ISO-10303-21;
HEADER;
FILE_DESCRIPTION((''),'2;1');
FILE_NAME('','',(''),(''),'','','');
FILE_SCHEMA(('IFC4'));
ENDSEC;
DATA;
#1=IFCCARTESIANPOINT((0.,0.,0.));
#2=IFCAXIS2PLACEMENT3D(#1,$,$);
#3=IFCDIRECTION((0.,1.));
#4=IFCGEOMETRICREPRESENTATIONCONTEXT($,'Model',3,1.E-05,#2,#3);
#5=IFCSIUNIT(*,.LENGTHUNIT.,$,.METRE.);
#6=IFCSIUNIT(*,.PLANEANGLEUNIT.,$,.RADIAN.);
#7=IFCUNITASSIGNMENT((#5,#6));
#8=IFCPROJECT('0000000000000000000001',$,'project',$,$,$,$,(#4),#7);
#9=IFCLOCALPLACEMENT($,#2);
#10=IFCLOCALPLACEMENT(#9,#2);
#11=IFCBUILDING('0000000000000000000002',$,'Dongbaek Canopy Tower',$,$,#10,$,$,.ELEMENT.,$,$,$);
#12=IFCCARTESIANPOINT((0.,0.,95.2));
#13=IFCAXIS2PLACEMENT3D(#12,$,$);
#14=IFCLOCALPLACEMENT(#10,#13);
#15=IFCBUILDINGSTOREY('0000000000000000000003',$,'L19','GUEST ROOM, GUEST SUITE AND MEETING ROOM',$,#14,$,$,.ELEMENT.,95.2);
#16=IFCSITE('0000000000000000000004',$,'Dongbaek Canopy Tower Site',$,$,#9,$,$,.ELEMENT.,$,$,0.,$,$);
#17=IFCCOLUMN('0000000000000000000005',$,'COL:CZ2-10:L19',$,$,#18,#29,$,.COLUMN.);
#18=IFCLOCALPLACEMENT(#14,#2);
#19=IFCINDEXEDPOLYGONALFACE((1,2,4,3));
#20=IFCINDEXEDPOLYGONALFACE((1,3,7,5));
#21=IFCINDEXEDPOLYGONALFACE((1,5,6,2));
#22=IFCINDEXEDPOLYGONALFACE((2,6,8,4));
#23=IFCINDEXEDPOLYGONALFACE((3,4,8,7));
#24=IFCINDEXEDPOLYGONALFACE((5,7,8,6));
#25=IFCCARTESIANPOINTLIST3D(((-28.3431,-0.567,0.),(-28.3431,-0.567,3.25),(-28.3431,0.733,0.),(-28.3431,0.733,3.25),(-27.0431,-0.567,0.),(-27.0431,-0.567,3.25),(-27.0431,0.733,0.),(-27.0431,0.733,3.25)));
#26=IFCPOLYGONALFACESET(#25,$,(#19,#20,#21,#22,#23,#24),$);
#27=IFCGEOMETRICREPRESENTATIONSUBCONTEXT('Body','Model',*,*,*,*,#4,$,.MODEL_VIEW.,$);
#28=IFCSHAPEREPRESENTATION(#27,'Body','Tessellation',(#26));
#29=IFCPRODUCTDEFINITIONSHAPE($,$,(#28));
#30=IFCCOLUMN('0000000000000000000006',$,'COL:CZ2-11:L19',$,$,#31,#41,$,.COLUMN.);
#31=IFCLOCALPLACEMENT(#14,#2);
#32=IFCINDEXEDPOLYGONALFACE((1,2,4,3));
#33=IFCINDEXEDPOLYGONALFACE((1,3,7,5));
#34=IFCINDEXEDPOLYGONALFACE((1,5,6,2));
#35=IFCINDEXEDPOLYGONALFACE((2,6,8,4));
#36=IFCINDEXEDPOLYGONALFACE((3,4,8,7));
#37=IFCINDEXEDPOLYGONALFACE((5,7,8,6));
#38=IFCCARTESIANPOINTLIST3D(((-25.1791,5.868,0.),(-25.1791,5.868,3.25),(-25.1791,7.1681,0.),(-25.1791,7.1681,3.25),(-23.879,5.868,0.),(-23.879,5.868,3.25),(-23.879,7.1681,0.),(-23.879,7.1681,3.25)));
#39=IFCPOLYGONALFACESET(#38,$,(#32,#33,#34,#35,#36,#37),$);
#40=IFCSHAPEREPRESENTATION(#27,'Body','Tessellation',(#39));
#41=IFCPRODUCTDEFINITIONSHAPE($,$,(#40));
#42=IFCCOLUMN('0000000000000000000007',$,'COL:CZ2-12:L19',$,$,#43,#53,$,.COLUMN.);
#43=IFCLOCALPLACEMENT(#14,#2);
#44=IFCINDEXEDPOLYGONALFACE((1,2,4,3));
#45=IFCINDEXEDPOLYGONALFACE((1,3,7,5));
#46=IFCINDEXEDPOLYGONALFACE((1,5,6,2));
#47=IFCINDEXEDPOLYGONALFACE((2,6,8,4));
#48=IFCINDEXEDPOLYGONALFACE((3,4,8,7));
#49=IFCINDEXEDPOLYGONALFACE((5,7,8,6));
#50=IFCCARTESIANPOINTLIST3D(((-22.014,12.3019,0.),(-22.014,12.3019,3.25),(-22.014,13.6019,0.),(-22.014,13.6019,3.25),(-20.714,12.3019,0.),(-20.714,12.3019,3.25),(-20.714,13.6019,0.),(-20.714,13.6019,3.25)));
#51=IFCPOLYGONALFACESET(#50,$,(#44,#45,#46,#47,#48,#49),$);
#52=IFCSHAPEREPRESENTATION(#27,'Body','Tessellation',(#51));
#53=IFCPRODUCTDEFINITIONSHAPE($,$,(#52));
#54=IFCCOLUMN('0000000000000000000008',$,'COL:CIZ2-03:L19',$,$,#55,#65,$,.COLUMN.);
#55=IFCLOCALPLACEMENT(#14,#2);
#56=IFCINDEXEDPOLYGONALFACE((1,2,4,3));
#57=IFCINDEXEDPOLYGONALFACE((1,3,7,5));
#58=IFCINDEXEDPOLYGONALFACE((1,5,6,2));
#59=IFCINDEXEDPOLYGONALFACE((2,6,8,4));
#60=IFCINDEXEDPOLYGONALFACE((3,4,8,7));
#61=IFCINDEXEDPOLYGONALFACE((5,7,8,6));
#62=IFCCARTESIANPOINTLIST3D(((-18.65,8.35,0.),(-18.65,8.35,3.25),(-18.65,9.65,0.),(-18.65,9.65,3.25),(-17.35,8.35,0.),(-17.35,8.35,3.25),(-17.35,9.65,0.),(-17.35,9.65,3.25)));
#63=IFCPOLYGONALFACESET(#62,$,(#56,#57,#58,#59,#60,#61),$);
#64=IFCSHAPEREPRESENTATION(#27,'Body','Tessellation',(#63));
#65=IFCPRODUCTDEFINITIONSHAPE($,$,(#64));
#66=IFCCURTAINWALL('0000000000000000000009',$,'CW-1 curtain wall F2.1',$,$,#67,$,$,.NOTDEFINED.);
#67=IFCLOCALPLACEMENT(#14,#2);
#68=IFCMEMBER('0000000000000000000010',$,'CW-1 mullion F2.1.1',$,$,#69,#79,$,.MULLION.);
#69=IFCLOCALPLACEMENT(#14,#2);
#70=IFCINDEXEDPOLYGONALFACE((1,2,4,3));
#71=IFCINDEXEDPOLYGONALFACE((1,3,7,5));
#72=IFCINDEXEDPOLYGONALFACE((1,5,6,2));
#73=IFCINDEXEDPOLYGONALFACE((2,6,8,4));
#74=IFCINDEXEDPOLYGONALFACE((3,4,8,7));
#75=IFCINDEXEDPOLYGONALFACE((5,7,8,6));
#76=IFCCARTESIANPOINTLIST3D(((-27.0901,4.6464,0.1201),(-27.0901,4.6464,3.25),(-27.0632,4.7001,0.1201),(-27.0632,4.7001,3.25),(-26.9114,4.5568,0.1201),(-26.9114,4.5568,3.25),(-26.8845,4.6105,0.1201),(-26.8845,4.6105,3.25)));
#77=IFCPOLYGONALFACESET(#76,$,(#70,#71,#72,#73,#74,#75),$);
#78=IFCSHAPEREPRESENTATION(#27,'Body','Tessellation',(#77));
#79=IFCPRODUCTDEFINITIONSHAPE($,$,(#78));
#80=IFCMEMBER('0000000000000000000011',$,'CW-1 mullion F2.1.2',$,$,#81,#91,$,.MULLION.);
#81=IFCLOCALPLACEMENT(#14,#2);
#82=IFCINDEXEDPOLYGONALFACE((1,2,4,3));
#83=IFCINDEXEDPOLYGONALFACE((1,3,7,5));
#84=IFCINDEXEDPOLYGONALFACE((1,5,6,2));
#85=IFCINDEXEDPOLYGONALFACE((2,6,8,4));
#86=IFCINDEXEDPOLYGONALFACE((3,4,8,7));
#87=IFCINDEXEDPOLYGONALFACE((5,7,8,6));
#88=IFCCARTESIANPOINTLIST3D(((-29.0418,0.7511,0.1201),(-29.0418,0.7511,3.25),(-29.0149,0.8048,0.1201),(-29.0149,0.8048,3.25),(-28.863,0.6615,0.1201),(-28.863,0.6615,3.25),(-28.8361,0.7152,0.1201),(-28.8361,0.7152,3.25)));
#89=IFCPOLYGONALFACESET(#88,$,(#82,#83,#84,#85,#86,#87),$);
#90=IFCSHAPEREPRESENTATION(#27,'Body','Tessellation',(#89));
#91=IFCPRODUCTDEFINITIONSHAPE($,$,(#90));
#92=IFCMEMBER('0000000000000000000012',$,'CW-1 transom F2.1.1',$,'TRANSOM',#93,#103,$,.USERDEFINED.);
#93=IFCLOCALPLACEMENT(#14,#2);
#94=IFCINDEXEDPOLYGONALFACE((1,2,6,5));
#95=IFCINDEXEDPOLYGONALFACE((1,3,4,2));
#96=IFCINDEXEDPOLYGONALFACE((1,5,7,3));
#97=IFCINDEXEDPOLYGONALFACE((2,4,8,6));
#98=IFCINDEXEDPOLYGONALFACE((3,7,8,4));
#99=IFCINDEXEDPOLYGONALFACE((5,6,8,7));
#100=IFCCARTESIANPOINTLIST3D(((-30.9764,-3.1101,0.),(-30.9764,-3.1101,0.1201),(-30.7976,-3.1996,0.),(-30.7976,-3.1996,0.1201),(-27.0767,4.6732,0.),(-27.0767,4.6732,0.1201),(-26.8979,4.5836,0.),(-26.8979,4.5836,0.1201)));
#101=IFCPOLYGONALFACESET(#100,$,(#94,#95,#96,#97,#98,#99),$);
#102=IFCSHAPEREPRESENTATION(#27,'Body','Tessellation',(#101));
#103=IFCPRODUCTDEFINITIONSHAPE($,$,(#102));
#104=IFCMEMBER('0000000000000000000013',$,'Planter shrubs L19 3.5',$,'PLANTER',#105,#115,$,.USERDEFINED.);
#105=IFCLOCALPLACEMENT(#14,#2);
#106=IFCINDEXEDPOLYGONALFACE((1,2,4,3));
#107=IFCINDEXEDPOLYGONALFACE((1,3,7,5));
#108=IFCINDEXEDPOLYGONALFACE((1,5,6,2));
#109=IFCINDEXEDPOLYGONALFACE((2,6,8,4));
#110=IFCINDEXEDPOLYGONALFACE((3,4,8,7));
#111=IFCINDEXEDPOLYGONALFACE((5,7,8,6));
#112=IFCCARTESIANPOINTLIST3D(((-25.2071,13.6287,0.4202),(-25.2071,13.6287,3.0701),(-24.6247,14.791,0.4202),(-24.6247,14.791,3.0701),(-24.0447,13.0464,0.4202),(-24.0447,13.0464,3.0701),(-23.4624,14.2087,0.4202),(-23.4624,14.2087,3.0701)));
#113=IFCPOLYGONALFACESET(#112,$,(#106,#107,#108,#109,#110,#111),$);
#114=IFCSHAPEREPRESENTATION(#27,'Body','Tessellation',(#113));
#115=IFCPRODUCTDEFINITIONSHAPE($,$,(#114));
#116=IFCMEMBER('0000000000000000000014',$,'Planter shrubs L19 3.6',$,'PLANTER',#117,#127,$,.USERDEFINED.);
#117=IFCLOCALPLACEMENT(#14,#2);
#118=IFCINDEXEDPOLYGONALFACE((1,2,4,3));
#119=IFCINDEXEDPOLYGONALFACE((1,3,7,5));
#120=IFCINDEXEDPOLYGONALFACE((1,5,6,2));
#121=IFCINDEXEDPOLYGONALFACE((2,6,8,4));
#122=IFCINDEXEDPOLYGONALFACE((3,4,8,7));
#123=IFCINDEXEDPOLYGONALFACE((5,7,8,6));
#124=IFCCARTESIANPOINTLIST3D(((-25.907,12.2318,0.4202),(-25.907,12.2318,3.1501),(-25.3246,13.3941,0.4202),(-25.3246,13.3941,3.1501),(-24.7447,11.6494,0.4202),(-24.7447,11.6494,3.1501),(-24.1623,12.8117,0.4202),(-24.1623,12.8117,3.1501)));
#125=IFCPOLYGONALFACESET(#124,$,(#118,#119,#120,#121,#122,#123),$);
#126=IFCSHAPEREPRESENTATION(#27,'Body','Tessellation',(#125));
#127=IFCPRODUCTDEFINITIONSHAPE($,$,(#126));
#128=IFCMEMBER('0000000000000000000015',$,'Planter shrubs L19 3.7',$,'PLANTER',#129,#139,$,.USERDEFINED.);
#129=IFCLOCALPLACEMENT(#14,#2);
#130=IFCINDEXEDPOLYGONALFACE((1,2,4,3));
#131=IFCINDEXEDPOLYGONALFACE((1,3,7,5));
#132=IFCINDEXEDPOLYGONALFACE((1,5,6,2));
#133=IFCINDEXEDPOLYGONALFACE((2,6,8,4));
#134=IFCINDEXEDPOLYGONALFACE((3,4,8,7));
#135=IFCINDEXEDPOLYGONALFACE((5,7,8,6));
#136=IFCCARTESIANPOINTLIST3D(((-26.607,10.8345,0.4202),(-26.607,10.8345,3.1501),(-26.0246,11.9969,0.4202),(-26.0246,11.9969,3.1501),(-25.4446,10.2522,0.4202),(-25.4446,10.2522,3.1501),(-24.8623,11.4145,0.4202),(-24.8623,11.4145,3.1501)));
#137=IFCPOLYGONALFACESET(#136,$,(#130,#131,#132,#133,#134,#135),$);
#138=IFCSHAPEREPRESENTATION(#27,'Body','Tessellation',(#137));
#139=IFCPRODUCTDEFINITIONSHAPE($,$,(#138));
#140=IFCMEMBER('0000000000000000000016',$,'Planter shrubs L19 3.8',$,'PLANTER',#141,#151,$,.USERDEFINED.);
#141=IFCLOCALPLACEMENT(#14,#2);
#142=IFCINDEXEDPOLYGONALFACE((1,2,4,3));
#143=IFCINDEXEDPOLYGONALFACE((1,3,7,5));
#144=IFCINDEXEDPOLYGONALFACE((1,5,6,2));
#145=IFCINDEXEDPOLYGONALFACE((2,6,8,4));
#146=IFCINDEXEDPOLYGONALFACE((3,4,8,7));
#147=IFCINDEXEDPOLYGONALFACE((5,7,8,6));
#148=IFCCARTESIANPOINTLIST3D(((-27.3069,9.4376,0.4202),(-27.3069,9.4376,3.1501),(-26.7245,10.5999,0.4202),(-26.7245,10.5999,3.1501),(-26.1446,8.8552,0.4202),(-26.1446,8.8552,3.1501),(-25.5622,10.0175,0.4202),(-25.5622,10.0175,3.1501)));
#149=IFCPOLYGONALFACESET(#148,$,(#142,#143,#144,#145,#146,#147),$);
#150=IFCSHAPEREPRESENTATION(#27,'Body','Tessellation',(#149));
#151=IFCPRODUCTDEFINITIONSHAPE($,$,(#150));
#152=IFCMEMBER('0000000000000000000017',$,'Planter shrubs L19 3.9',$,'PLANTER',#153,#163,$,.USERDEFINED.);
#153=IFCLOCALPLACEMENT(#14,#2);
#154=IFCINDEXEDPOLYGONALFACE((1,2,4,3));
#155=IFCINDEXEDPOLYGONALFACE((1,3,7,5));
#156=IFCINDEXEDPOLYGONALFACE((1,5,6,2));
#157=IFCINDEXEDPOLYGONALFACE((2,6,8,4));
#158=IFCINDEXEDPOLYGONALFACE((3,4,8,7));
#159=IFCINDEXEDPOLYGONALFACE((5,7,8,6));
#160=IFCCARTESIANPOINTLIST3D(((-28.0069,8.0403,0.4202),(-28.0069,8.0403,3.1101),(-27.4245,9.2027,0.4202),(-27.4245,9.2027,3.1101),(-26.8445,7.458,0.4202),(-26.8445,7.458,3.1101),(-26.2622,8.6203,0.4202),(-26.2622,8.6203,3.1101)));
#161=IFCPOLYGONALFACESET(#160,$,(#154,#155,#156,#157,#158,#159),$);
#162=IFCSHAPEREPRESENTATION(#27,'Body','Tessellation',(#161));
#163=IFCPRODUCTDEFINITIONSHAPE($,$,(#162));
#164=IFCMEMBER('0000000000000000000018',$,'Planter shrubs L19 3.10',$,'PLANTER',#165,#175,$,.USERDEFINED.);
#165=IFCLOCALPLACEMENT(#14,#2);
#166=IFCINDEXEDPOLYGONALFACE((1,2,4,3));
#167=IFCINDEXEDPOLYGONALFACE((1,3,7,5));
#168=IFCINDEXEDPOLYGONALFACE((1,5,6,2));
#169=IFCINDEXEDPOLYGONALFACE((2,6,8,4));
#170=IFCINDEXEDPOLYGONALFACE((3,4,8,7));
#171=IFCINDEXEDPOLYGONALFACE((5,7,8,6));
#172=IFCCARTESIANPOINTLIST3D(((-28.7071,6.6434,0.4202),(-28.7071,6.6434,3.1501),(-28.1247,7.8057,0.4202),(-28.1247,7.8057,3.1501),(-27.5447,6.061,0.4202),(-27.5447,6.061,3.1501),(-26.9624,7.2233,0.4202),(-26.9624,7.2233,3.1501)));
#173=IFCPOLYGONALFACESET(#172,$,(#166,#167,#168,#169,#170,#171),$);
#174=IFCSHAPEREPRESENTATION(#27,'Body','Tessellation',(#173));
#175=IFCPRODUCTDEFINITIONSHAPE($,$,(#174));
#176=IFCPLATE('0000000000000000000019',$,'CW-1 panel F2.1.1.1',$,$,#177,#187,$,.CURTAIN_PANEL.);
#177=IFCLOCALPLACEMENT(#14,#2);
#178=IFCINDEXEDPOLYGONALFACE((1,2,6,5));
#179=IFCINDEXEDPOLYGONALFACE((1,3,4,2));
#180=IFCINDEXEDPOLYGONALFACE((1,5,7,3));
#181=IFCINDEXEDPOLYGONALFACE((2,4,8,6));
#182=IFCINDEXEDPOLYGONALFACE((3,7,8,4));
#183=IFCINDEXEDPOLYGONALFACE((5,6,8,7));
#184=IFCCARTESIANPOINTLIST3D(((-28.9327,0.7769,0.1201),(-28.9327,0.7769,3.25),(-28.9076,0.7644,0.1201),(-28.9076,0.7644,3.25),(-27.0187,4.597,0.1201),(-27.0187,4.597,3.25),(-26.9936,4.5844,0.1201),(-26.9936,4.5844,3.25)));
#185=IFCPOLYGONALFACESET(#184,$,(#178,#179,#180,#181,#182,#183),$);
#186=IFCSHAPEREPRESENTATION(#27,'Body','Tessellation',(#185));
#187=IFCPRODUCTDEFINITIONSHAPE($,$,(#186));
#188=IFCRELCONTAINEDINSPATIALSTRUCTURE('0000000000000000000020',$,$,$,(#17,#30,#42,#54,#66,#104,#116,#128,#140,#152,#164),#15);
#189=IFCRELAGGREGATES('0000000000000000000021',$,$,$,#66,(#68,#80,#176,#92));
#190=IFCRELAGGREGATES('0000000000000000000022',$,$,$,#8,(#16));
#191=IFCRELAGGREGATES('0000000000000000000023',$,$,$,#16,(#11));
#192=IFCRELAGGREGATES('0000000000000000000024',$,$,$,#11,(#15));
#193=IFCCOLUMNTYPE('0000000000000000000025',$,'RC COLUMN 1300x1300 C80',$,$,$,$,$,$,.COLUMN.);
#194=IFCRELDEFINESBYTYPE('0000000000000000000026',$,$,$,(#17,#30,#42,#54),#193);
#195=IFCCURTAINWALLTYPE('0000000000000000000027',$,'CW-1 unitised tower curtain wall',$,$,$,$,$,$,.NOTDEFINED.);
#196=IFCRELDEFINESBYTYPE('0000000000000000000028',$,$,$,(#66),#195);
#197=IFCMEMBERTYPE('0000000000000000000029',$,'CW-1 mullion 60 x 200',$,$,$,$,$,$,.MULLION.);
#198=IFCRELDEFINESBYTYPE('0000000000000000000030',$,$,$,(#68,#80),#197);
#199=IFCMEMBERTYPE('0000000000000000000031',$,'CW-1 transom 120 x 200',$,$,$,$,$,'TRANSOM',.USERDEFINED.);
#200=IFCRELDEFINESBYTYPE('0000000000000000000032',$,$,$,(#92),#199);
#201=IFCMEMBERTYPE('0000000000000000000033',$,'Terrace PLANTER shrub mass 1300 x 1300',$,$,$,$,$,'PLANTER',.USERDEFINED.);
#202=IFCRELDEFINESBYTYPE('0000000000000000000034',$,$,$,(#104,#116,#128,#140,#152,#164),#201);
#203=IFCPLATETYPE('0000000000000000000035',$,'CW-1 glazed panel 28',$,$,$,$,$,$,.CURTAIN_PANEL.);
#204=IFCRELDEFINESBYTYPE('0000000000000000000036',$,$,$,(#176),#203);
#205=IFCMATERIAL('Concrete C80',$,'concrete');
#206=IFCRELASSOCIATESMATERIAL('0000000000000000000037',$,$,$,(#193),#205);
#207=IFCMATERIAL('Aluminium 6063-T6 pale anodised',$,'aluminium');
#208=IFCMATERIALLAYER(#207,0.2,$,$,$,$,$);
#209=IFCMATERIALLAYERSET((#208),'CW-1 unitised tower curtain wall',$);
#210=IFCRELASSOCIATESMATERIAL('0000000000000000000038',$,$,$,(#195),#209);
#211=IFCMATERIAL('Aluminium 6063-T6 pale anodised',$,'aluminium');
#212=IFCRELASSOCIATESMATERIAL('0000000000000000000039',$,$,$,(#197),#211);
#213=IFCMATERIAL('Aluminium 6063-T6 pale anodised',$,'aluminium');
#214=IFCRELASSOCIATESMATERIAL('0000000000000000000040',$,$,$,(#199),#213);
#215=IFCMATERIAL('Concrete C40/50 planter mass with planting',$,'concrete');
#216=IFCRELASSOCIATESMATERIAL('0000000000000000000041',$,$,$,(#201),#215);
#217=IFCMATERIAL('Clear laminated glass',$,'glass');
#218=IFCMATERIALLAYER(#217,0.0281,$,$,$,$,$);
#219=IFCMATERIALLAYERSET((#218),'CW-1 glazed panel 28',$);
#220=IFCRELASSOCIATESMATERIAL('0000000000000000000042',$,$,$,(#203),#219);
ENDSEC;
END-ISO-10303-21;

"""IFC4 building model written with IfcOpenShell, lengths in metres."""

from ifc_helpers import new_model, si_unit, direction, frame, origin, origin_2d, place, context, subcontext, project, spatial, rectangle, extrude, material, layer, layer_set, material_profile, profile_set, type_object, element, aggregate, save


model = new_model("IFC4")

# Units and contexts
model_context = context("Model", 3, precision=1e-05, world=origin(), true_north=direction((0.0, 1.0)))
body_context = subcontext(model_context, "Body", "Model", "MODEL_VIEW")
ifc_project = project(units=[si_unit("LENGTHUNIT", "METRE"), si_unit("PLANEANGLEUNIT", "RADIAN")], contexts=[model_context])

# Site, building, storey
site_placement = place(None, origin())
site = spatial("IfcSite", under=ifc_project, at=site_placement, Name="Dongbaek Canopy Tower Site", CompositionType="ELEMENT", RefElevation=0.0)
building_placement = place(site_placement, origin())
building = spatial("IfcBuilding", under=site, at=building_placement, Name="Dongbaek Canopy Tower", CompositionType="ELEMENT")
storey_placement = place(building_placement, frame((0.0, 0.0, 95.2)))
storey = spatial("IfcBuildingStorey", under=building, at=storey_placement, Name="L19", Description="GUEST ROOM, GUEST SUITE AND MEETING ROOM", CompositionType="ELEMENT", Elevation=95.2)

# Columns
ifc_material_1 = material(Name="Concrete C80", Category="concrete")
ifc_material_profile_1 = material_profile(ifc_material_1, rectangle(XDim=1.3, YDim=1.3, at=origin_2d()), Name="RC COLUMN 1300x1300 C80")
ifc_profile_set_1 = profile_set([ifc_material_profile_1], Name="Concrete C80")
column_type = type_object("IfcColumnType", Name="RC COLUMN 1300x1300 C80", PredefinedType="COLUMN", material=ifc_profile_set_1)
for number, where, z_axis, x_axis, name in (
    (1, (-27.6931, 0.083, 0.0), (0.0, 0.0, 1.0), (1.0, 0.0, 0.0), "COL:CZ2-10:L19"),
    (2, (-24.5291, 6.5181, 0.0), (0.0, 0.0, 1.0), (1.0, 0.0, 0.0), "COL:CZ2-11:L19"),
    (3, (-21.364, 12.9519, 0.0), (0.0, 0.0, 1.0), (1.0, 0.0, 0.0), "COL:CZ2-12:L19"),
    (4, (-18.0, 9.0, 0.0), (0.0, 0.0, 1.0), (1.0, 0.0, 0.0), "COL:CIZ2-03:L19"),
):
    element("IfcColumn", number, at=place(storey_placement, frame(where, z_axis=z_axis, x_axis=x_axis)), inside=storey, type_object=column_type, Name=name, PredefinedType="COLUMN", context=body_context, shape_type="SweptSolid", body=[
        extrude(rectangle(XDim=1.3, YDim=1.3, at=origin_2d()), origin(), (0.0, 0.0, 1.0), 3.25),
    ])

# Curtain wall, members
ifc_material_2 = material(Name="Aluminium 6063-T6 pale anodised", Category="aluminium")
ifc_layer_1 = layer(ifc_material_2, 0.2)
ifc_layer_set_1 = layer_set([ifc_layer_1], Name="CW-1 unitised tower curtain wall")
curtain_wall_type = type_object("IfcCurtainWallType", Name="CW-1 unitised tower curtain wall", PredefinedType="NOTDEFINED", material=ifc_layer_set_1)
curtain_wall_placement = place(storey_placement, origin())
curtain_wall = element("IfcCurtainWall", 5, at=curtain_wall_placement, inside=storey, type_object=curtain_wall_type, Name="CW-1 curtain wall F2.1", PredefinedType="NOTDEFINED")
ifc_material_3 = material(Name="Aluminium 6063-T6 pale anodised", Category="aluminium")
ifc_material_profile_2 = material_profile(ifc_material_3, rectangle(XDim=0.2, YDim=0.0601, at=origin_2d()), Name="CW-1 mullion 60 x 200")
ifc_profile_set_2 = profile_set([ifc_material_profile_2], Name="Aluminium 6063-T6 pale anodised")
member_type_1 = type_object("IfcMemberType", Name="CW-1 mullion 60 x 200", PredefinedType="MULLION", material=ifc_profile_set_2)
member_1_placement = place(storey_placement, frame((-26.9873, 4.6284, 0.1201), z_axis=(0.0, 0.0, 1.0), x_axis=(-0.894056, 0.447956, 0.0)))
member_1 = element("IfcMember", 6, at=member_1_placement, type_object=member_type_1, Name="CW-1 mullion F2.1.1", PredefinedType="MULLION", context=body_context, shape_type="SweptSolid", body=[
    extrude(rectangle(XDim=0.2, YDim=0.0601, at=origin_2d()), origin(), (0.0, 0.0, 1.0), 3.1299),
])
member_2_placement = place(storey_placement, frame((-28.939, 0.7332, 0.1201), z_axis=(0.0, 0.0, 1.0), x_axis=(-0.894056, 0.447956, 0.0)))
member_2 = element("IfcMember", 7, at=member_2_placement, type_object=member_type_1, Name="CW-1 mullion F2.1.2", PredefinedType="MULLION", context=body_context, shape_type="SweptSolid", body=[
    extrude(rectangle(XDim=0.2, YDim=0.0601, at=origin_2d()), origin(), (0.0, 0.0, 1.0), 3.1299),
])
ifc_material_4 = material(Name="Aluminium 6063-T6 pale anodised", Category="aluminium")
ifc_material_profile_3 = material_profile(ifc_material_4, rectangle(XDim=0.2, YDim=0.1201, at=origin_2d()), Name="CW-1 transom 120 x 200")
ifc_profile_set_3 = profile_set([ifc_material_profile_3], Name="Aluminium 6063-T6 pale anodised")
member_type_2 = type_object("IfcMemberType", Name="CW-1 transom 120 x 200", ElementType="TRANSOM", PredefinedType="USERDEFINED", material=ifc_profile_set_3)
member_3_placement = place(storey_placement, frame((-26.9873, 4.6284, 0.0601), z_axis=(-0.447954, -0.894057, 0.0), x_axis=(0.894057, -0.447954, 0.0)))
member_3 = element("IfcMember", 8, at=member_3_placement, type_object=member_type_2, Name="CW-1 transom F2.1.1", ObjectType="TRANSOM", PredefinedType="USERDEFINED", context=body_context, shape_type="SweptSolid", body=[
    extrude(rectangle(XDim=0.2, YDim=0.1201, at=origin_2d()), origin(), (0.0, 0.0, 1.0), 8.7056),
])

# Members
ifc_material_5 = material(Name="Concrete C40/50 planter mass with planting", Category="concrete")
ifc_material_profile_4 = material_profile(ifc_material_5, rectangle(XDim=1.3, YDim=1.3, at=origin_2d()), Name="Terrace PLANTER shrub mass 1300 x 1300")
ifc_profile_set_4 = profile_set([ifc_material_profile_4], Name="Concrete C40/50 planter mass with planting")
member_type_3 = type_object("IfcMemberType", Name="Terrace PLANTER shrub mass 1300 x 1300", ElementType="PLANTER", PredefinedType="USERDEFINED", material=ifc_profile_set_4)
member_4_placement = place(storey_placement, frame((-24.3347, 13.9187, 0.4202), z_axis=(0.0, 0.0, 1.0), x_axis=(-0.894056, 0.447956, 0.0)))
element("IfcMember", 9, at=member_4_placement, inside=storey, type_object=member_type_3, Name="Planter shrubs L19 3.5", ObjectType="PLANTER", PredefinedType="USERDEFINED", context=body_context, shape_type="SweptSolid", body=[
    extrude(rectangle(XDim=1.3, YDim=1.3, at=origin_2d()), origin(), (0.0, 0.0, 1.0), 2.6499),
])
for number, where, z_axis, x_axis, name in (
    (10, (-25.0347, 12.5217, 0.4202), (0.0, 0.0, 1.0), (-0.894056, 0.447956, 0.0), "Planter shrubs L19 3.6"),
    (11, (-25.7346, 11.1245, 0.4202), (0.0, 0.0, 1.0), (-0.894056, 0.447956, 0.0), "Planter shrubs L19 3.7"),
    (12, (-26.4346, 9.7275, 0.4202), (0.0, 0.0, 1.0), (-0.894056, 0.447956, 0.0), "Planter shrubs L19 3.8"),
):
    element("IfcMember", number, at=place(storey_placement, frame(where, z_axis=z_axis, x_axis=x_axis)), inside=storey, type_object=member_type_3, Name=name, ObjectType="PLANTER", PredefinedType="USERDEFINED", context=body_context, shape_type="SweptSolid", body=[
        extrude(rectangle(XDim=1.3, YDim=1.3, at=origin_2d()), origin(), (0.0, 0.0, 1.0), 2.73),
    ])
member_5_placement = place(storey_placement, frame((-27.1345, 8.3303, 0.4202), z_axis=(0.0, 0.0, 1.0), x_axis=(-0.894056, 0.447956, 0.0)))
element("IfcMember", 13, at=member_5_placement, inside=storey, type_object=member_type_3, Name="Planter shrubs L19 3.9", ObjectType="PLANTER", PredefinedType="USERDEFINED", context=body_context, shape_type="SweptSolid", body=[
    extrude(rectangle(XDim=1.3, YDim=1.3, at=origin_2d()), origin(), (0.0, 0.0, 1.0), 2.6899),
])
member_6_placement = place(storey_placement, frame((-27.8347, 6.9333, 0.4202), z_axis=(0.0, 0.0, 1.0), x_axis=(-0.894056, 0.447956, 0.0)))
element("IfcMember", 14, at=member_6_placement, inside=storey, type_object=member_type_3, Name="Planter shrubs L19 3.10", ObjectType="PLANTER", PredefinedType="USERDEFINED", context=body_context, shape_type="SweptSolid", body=[
    extrude(rectangle(XDim=1.3, YDim=1.3, at=origin_2d()), origin(), (0.0, 0.0, 1.0), 2.73),
])

# Plate
ifc_material_6 = material(Name="Clear laminated glass", Category="glass")
ifc_layer_2 = layer(ifc_material_6, 0.0281)
ifc_layer_set_2 = layer_set([ifc_layer_2], Name="CW-1 glazed panel 28")
plate_type = type_object("IfcPlateType", Name="CW-1 glazed panel 28", PredefinedType="CURTAIN_PANEL", material=ifc_layer_set_2)
plate_placement = place(storey_placement, frame((-27.9631, 2.6807, 0.1201), z_axis=(0.0, 0.0, 1.0), x_axis=(-0.447956, -0.894056, 0.0)))
plate = element("IfcPlate", 15, at=plate_placement, type_object=plate_type, Name="CW-1 panel F2.1.1.1", PredefinedType="CURTAIN_PANEL", context=body_context, shape_type="SweptSolid", body=[
    extrude(rectangle(XDim=4.2727, YDim=0.0281, at=origin_2d()), origin(), (0.0, 0.0, 1.0), 3.1299),
])

aggregate(curtain_wall, [member_1, member_2, plate, member_3])

save(model, "model.ifc")
